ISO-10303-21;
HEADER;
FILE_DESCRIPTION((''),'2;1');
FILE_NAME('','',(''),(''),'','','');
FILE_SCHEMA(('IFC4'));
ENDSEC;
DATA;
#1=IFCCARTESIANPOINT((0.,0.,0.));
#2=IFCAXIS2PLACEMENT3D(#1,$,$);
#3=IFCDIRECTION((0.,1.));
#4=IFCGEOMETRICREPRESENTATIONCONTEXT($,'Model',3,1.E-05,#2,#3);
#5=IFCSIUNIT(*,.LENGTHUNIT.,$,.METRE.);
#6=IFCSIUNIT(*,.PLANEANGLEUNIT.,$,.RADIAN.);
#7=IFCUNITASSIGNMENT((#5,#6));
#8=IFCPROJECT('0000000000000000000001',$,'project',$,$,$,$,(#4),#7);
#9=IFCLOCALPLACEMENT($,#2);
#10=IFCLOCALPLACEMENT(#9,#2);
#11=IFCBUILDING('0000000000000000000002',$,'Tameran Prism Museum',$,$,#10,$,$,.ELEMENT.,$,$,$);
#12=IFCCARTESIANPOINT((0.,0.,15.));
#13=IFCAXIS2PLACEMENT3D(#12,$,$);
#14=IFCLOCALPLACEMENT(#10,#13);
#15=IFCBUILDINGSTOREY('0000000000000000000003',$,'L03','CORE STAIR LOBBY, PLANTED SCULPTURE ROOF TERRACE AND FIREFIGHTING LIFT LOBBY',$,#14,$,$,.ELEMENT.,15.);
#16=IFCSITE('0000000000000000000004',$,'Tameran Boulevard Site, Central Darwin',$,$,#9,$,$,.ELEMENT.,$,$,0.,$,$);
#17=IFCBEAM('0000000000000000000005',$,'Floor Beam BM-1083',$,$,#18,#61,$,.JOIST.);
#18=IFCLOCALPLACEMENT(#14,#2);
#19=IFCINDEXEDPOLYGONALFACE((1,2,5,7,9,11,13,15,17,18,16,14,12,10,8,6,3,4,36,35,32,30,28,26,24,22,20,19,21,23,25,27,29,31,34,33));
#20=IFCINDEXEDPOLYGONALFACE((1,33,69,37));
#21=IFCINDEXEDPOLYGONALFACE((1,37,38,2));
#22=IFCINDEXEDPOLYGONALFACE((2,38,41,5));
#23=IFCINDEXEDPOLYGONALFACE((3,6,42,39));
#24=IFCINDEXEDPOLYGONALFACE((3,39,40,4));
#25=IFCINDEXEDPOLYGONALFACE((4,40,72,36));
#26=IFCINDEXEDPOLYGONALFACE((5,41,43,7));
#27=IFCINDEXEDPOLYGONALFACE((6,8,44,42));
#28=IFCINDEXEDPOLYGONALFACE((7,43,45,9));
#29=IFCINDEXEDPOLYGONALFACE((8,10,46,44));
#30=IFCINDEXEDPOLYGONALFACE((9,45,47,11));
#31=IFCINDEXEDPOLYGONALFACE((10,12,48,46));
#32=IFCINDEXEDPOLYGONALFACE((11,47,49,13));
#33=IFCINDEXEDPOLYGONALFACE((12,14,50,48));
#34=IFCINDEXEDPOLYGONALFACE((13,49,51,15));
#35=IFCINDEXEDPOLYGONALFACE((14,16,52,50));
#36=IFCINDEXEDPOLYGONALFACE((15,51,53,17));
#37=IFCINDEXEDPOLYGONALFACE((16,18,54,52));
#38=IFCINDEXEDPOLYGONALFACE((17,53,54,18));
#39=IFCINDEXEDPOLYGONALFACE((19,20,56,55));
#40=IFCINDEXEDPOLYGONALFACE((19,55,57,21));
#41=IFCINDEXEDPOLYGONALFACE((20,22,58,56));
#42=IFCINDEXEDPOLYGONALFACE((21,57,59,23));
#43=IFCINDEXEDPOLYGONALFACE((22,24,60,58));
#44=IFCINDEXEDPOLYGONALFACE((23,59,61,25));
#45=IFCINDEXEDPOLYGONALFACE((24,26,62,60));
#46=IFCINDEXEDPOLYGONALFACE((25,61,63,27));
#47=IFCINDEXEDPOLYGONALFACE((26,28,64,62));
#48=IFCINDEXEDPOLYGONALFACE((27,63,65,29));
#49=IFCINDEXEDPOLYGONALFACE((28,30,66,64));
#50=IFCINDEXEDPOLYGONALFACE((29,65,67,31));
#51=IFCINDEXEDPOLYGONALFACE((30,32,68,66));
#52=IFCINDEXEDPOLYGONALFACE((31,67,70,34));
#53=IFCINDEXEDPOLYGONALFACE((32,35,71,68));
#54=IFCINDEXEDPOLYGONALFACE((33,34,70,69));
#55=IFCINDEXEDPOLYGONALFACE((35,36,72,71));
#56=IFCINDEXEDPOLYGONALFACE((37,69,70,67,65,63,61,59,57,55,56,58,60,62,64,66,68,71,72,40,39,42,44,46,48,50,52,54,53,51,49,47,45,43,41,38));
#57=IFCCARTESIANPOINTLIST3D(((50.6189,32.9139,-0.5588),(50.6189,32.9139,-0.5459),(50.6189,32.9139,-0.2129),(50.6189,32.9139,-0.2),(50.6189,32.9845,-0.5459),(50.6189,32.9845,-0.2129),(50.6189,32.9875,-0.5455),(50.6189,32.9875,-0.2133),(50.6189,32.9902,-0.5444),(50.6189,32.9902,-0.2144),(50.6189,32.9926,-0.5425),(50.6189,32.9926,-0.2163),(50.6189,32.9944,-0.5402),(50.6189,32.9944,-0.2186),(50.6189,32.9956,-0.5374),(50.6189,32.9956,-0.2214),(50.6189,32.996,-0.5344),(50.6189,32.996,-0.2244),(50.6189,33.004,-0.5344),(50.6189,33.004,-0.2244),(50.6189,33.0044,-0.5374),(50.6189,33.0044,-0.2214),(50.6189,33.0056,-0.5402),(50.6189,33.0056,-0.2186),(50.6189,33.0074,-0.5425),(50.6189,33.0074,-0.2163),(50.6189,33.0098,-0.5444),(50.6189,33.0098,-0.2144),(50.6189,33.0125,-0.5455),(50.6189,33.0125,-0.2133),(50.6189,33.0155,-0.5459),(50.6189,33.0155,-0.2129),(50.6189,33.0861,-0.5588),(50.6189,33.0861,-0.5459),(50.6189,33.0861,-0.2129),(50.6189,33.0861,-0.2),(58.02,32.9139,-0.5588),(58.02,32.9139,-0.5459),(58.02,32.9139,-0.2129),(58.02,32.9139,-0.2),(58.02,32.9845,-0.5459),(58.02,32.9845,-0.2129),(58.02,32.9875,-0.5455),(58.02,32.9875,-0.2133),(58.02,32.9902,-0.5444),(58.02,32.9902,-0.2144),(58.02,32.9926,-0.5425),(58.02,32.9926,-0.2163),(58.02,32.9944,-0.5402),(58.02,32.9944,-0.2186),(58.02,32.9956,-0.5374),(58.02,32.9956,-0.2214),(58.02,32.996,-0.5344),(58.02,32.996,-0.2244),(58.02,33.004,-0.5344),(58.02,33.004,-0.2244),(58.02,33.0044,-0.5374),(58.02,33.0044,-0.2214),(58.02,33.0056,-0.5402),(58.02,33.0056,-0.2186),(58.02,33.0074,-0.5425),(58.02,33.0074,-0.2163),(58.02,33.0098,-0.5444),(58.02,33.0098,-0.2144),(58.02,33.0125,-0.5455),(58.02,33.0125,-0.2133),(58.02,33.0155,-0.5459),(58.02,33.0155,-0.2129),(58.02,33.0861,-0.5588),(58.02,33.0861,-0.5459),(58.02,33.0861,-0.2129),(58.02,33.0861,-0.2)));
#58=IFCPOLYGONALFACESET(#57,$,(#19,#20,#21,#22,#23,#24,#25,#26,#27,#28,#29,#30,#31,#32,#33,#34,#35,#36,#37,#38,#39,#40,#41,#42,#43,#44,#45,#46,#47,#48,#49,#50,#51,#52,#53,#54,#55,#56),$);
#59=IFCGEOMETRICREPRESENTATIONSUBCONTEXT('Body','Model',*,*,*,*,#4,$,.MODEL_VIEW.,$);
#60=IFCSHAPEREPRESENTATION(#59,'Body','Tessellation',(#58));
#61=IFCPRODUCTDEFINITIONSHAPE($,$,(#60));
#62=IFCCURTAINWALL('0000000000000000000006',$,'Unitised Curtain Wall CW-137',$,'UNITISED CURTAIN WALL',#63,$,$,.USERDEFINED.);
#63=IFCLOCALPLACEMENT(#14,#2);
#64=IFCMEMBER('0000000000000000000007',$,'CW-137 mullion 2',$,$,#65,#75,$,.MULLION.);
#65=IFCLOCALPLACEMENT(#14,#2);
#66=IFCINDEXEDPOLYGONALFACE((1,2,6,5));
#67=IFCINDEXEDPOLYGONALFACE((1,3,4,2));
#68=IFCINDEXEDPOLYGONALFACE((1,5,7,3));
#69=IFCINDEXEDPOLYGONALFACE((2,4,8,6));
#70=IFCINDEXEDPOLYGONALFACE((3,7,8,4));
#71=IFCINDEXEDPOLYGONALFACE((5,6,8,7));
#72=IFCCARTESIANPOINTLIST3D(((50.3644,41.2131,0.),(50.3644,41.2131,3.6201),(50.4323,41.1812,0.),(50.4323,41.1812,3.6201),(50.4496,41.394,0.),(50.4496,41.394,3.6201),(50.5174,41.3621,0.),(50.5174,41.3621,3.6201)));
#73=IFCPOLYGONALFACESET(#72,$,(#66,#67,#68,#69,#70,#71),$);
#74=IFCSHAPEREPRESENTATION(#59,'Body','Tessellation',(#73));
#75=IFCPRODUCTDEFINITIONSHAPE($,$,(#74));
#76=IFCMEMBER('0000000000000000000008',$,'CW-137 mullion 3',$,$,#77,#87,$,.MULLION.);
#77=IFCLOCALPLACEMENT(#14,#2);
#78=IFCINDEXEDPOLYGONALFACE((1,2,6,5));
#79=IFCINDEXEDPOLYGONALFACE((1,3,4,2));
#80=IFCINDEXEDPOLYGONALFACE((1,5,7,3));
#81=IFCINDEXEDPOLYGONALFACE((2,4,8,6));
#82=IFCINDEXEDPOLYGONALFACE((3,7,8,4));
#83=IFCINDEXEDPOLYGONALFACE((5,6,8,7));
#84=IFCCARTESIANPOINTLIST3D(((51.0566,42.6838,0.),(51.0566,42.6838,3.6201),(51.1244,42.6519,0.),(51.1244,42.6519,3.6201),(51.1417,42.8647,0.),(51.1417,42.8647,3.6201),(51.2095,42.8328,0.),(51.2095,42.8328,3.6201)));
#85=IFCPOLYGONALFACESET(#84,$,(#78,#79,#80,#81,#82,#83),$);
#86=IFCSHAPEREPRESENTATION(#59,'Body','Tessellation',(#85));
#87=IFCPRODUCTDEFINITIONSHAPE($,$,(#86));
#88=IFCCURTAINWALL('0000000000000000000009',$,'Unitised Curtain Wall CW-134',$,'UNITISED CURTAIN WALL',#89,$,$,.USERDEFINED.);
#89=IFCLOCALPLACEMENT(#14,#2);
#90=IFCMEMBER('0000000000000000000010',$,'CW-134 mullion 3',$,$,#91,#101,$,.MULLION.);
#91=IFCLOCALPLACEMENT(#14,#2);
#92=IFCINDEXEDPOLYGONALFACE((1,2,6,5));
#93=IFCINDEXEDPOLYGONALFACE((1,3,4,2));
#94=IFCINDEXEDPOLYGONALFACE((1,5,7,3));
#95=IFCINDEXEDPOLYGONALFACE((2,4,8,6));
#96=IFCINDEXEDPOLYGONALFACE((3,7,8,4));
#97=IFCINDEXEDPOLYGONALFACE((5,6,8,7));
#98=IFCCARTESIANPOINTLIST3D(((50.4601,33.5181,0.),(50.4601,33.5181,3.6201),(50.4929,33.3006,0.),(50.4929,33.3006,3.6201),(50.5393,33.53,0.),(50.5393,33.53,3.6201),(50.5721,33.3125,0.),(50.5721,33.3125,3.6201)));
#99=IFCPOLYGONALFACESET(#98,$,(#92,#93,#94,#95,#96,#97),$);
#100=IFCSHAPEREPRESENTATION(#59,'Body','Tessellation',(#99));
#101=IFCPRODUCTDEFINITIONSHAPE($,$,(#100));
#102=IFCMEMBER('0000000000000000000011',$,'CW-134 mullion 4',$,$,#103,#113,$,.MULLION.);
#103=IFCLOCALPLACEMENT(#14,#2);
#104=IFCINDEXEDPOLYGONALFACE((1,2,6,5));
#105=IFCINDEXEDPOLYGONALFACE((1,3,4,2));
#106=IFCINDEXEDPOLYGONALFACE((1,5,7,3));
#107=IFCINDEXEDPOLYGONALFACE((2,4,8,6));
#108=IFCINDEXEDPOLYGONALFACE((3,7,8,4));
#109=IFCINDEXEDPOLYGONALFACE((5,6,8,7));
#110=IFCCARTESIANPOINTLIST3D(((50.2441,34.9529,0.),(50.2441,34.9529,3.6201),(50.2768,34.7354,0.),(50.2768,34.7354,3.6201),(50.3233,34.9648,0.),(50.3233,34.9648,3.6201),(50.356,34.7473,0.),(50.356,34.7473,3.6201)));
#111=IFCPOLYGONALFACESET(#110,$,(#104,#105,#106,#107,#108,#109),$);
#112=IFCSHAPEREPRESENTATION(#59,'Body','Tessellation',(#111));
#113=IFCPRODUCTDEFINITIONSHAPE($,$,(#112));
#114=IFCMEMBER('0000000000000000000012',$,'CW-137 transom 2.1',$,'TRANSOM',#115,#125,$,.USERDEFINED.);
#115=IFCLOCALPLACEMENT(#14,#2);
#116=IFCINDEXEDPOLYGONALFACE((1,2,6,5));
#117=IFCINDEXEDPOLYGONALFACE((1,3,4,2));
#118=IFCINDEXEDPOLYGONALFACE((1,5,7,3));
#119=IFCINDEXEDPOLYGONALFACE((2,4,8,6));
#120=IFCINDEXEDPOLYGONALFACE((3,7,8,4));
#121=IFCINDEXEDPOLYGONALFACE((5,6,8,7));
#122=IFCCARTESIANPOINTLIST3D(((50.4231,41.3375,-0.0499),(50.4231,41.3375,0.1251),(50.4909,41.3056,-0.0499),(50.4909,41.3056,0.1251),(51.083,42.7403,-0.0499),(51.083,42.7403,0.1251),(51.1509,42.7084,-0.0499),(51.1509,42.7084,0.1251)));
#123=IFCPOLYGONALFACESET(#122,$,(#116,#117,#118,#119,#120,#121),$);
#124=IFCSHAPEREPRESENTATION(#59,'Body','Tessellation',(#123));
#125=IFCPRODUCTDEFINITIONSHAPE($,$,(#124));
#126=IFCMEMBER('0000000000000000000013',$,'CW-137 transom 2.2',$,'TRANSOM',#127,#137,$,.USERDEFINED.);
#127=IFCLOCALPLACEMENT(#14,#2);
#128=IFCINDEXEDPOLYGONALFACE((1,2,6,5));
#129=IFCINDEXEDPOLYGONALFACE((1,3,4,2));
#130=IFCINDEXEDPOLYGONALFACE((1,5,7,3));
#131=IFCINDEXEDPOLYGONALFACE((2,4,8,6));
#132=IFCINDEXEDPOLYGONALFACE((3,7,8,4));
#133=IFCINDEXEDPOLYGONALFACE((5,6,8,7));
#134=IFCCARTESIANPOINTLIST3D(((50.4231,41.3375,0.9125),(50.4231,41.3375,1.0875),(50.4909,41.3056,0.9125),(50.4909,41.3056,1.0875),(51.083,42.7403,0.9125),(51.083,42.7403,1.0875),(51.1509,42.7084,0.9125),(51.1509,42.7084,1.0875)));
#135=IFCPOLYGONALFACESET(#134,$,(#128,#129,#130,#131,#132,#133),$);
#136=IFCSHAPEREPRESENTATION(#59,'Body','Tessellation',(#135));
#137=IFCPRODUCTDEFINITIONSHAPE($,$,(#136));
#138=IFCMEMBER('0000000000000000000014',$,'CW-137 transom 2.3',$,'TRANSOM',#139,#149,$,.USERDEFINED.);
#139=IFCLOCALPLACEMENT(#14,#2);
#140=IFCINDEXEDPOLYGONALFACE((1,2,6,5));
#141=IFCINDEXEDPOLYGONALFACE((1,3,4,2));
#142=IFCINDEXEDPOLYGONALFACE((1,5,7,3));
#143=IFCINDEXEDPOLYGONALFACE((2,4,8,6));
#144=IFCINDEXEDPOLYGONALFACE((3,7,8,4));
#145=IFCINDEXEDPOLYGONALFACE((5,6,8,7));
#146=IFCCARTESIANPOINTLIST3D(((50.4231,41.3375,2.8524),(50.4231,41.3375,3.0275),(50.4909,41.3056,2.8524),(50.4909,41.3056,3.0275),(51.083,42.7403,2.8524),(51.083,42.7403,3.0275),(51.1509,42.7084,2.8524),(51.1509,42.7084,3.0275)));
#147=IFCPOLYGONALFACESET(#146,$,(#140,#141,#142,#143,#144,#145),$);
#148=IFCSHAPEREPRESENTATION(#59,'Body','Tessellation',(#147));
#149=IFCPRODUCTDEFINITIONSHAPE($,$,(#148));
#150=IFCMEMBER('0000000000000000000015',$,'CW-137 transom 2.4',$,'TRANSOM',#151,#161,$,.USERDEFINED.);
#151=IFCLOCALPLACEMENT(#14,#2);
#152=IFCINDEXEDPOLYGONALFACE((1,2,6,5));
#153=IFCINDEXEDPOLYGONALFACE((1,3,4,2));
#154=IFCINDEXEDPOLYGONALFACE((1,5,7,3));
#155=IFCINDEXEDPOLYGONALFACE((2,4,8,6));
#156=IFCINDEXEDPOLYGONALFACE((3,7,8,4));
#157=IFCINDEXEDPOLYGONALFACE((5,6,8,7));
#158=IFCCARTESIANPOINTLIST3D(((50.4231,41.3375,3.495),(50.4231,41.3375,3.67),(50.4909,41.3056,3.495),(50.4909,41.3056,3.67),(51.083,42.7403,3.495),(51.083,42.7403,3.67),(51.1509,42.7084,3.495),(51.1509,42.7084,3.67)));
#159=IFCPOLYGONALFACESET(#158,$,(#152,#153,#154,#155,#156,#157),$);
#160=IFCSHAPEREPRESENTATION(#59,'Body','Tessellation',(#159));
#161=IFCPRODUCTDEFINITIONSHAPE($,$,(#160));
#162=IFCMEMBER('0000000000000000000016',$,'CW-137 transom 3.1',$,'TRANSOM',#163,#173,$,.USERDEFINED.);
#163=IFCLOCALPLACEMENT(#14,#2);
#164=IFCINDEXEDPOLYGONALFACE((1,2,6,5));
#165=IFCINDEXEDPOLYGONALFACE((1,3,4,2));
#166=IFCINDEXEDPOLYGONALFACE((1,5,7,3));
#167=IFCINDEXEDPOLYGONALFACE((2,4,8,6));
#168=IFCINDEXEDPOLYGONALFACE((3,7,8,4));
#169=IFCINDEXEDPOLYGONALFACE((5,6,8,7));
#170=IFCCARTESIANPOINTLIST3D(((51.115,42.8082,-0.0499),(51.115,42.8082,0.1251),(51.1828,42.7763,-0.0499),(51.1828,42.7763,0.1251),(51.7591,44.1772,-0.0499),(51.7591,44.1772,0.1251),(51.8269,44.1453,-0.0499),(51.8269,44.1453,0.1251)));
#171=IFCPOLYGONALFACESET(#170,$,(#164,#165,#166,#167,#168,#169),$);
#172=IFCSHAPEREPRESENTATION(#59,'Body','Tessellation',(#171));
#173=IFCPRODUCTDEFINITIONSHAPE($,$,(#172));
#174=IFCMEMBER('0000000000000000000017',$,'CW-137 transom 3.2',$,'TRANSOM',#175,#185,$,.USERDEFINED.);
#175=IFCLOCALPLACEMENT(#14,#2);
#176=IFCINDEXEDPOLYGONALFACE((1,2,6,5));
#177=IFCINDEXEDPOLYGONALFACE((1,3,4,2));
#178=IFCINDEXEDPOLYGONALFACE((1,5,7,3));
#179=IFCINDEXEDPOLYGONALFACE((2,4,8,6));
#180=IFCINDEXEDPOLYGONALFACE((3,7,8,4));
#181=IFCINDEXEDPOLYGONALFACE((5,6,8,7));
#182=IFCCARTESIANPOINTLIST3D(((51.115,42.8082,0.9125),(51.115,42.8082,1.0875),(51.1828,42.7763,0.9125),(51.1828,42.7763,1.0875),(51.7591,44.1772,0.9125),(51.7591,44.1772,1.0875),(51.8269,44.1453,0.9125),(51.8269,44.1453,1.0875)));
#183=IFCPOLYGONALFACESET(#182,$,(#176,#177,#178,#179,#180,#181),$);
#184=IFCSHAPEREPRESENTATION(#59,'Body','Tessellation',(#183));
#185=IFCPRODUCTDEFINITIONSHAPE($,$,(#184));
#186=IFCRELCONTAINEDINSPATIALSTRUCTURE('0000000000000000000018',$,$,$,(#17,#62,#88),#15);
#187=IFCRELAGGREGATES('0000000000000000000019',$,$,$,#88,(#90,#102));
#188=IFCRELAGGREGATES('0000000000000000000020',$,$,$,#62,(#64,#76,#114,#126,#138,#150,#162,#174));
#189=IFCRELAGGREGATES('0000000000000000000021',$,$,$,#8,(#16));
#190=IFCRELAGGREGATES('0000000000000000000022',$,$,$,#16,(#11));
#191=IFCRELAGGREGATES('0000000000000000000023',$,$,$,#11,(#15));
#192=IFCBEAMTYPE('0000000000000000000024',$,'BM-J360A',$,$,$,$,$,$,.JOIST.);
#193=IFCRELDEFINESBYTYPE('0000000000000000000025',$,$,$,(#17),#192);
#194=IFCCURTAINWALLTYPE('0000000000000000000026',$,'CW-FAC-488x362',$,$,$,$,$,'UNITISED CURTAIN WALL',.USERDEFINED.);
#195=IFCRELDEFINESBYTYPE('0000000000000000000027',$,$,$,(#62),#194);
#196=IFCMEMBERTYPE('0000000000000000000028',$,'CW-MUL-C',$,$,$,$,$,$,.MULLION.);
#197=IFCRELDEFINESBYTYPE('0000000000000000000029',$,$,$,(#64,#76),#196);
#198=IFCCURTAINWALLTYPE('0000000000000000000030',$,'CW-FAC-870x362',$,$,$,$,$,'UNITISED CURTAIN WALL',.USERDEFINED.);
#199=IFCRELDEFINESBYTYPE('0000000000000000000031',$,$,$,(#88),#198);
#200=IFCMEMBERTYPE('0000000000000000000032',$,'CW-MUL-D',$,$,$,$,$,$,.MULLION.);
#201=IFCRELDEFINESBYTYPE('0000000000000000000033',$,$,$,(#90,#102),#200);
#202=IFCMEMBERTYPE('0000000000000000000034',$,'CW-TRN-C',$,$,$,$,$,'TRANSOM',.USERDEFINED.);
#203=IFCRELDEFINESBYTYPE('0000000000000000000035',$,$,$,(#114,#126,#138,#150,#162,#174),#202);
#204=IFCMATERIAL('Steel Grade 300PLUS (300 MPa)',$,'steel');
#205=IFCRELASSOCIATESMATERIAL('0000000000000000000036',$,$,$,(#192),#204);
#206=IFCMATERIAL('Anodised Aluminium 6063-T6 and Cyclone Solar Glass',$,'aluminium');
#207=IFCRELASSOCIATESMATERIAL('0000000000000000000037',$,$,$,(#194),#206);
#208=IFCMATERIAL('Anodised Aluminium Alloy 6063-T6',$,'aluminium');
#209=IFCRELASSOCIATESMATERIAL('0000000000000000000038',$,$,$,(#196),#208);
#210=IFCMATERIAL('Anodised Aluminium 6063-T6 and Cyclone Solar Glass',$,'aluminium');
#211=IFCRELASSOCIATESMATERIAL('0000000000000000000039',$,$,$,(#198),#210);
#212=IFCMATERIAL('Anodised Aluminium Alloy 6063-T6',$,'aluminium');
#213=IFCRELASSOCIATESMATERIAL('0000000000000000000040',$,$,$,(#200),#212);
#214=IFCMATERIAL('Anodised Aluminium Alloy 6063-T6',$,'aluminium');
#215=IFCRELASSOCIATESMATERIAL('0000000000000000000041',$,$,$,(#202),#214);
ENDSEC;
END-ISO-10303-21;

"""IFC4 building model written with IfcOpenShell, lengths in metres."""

from ifc_helpers import new_model, si_unit, direction, frame, origin, origin_2d, place, context, subcontext, project, spatial, rectangle, i_section, extrude, material, material_profile, profile_set, type_object, element, aggregate, save


model = new_model("IFC4")

# Units and contexts
model_context = context("Model", 3, precision=1e-05, world=origin(), true_north=direction((0.0, 1.0)))
body_context = subcontext(model_context, "Body", "Model", "MODEL_VIEW")
ifc_project = project(units=[si_unit("LENGTHUNIT", "METRE"), si_unit("PLANEANGLEUNIT", "RADIAN")], contexts=[model_context])

# Site, building, storey
site_placement = place(None, origin())
site = spatial("IfcSite", under=ifc_project, at=site_placement, Name="Tameran Boulevard Site, Central Darwin", CompositionType="ELEMENT", RefElevation=0.0)
building_placement = place(site_placement, origin())
building = spatial("IfcBuilding", under=site, at=building_placement, Name="Tameran Prism Museum", CompositionType="ELEMENT")
storey_placement = place(building_placement, frame((0.0, 0.0, 15.0)))
storey = spatial("IfcBuildingStorey", under=building, at=storey_placement, Name="L03", Description="CORE STAIR LOBBY, PLANTED SCULPTURE ROOF TERRACE AND FIREFIGHTING LIFT LOBBY", CompositionType="ELEMENT", Elevation=15.0)

# Beam
ifc_material_1 = material(Name="Steel Grade 300PLUS (300 MPa)", Category="steel")
ifc_material_profile_1 = material_profile(ifc_material_1, i_section(OverallWidth=0.1721, OverallDepth=0.3589, WebThickness=0.0081, FlangeThickness=0.0129, FilletRadius=0.0115, at=origin_2d()))
ifc_profile_set_1 = profile_set([ifc_material_profile_1])
beam_type = type_object("IfcBeamType", Name="BM-J360A", PredefinedType="JOIST", material=ifc_profile_set_1)
beam_placement = place(storey_placement, frame((50.6189, 33.0, -0.3794), z_axis=(1.0, 0.0, 0.0), x_axis=(0.0, 1.0, 0.0)))
element("IfcBeam", 1, at=beam_placement, inside=storey, type_object=beam_type, Name="Floor Beam BM-1083", PredefinedType="JOIST", context=body_context, shape_type="SweptSolid", body=[
    extrude(i_section(OverallWidth=0.1721, OverallDepth=0.3589, WebThickness=0.0081, FlangeThickness=0.0129, FilletRadius=0.0115, at=origin_2d()), origin(), (0.0, 0.0, 1.0), 7.4011),
])

# Curtain walls, members
ifc_material_2 = material(Name="Anodised Aluminium 6063-T6 and Cyclone Solar Glass", Category="aluminium")
curtain_wall_type_1 = type_object("IfcCurtainWallType", Name="CW-FAC-488x362", ElementType="UNITISED CURTAIN WALL", PredefinedType="USERDEFINED", material=ifc_material_2)
curtain_wall_1_placement = place(storey_placement, origin())
curtain_wall_1 = element("IfcCurtainWall", 2, at=curtain_wall_1_placement, inside=storey, type_object=curtain_wall_type_1, Name="Unitised Curtain Wall CW-137", ObjectType="UNITISED CURTAIN WALL", PredefinedType="USERDEFINED")
ifc_material_3 = material(Name="Anodised Aluminium Alloy 6063-T6", Category="aluminium")
ifc_material_profile_2 = material_profile(ifc_material_3, rectangle(XDim=0.075, YDim=0.2, at=origin_2d()))
ifc_profile_set_2 = profile_set([ifc_material_profile_2])
member_type_1 = type_object("IfcMemberType", Name="CW-MUL-C", PredefinedType="MULLION", material=ifc_profile_set_2)
member_1_placement = place(storey_placement, frame((50.4409, 41.2876, 0.0), z_axis=(0.0, 0.0, 1.0), x_axis=(-0.904837, 0.425758, 0.0)))
member_1 = element("IfcMember", 3, at=member_1_placement, type_object=member_type_1, Name="CW-137 mullion 2", PredefinedType="MULLION", context=body_context, shape_type="SweptSolid", body=[
    extrude(rectangle(XDim=0.075, YDim=0.2, at=origin_2d()), origin(), (0.0, 0.0, 1.0), 3.6201),
])
member_2_placement = place(storey_placement, frame((51.1331, 42.7583, 0.0), z_axis=(0.0, 0.0, 1.0), x_axis=(-0.904837, 0.425758, 0.0)))
member_2 = element("IfcMember", 4, at=member_2_placement, type_object=member_type_1, Name="CW-137 mullion 3", PredefinedType="MULLION", context=body_context, shape_type="SweptSolid", body=[
    extrude(rectangle(XDim=0.075, YDim=0.2, at=origin_2d()), origin(), (0.0, 0.0, 1.0), 3.6201),
])
ifc_material_4 = material(Name="Anodised Aluminium 6063-T6 and Cyclone Solar Glass", Category="aluminium")
curtain_wall_type_2 = type_object("IfcCurtainWallType", Name="CW-FAC-870x362", ElementType="UNITISED CURTAIN WALL", PredefinedType="USERDEFINED", material=ifc_material_4)
curtain_wall_2_placement = place(storey_placement, origin())
curtain_wall_2 = element("IfcCurtainWall", 5, at=curtain_wall_2_placement, inside=storey, type_object=curtain_wall_type_2, Name="Unitised Curtain Wall CW-134", ObjectType="UNITISED CURTAIN WALL", PredefinedType="USERDEFINED")
ifc_material_5 = material(Name="Anodised Aluminium Alloy 6063-T6", Category="aluminium")
ifc_material_profile_3 = material_profile(ifc_material_5, rectangle(XDim=0.0801, YDim=0.22, at=origin_2d()))
ifc_profile_set_3 = profile_set([ifc_material_profile_3])
member_type_2 = type_object("IfcMemberType", Name="CW-MUL-D", PredefinedType="MULLION", material=ifc_profile_set_3)
member_3_placement = place(storey_placement, frame((50.5161, 33.4153, 0.0), z_axis=(0.0, 0.0, 1.0), x_axis=(-0.988855, -0.14888, 0.0)))
member_3 = element("IfcMember", 6, at=member_3_placement, type_object=member_type_2, Name="CW-134 mullion 3", PredefinedType="MULLION", context=body_context, shape_type="SweptSolid", body=[
    extrude(rectangle(XDim=0.0801, YDim=0.22, at=origin_2d()), origin(), (0.0, 0.0, 1.0), 3.6201),
])
member_4_placement = place(storey_placement, frame((50.3, 34.8501, 0.0), z_axis=(0.0, 0.0, 1.0), x_axis=(-0.988855, -0.14888, 0.0)))
member_4 = element("IfcMember", 7, at=member_4_placement, type_object=member_type_2, Name="CW-134 mullion 4", PredefinedType="MULLION", context=body_context, shape_type="SweptSolid", body=[
    extrude(rectangle(XDim=0.0801, YDim=0.22, at=origin_2d()), origin(), (0.0, 0.0, 1.0), 3.6201),
])

# Members
ifc_material_6 = material(Name="Anodised Aluminium Alloy 6063-T6", Category="aluminium")
ifc_material_profile_4 = material_profile(ifc_material_6, rectangle(XDim=0.075, YDim=0.175, at=origin_2d()))
ifc_profile_set_4 = profile_set([ifc_material_profile_4])
member_type_3 = type_object("IfcMemberType", Name="CW-TRN-C", ElementType="TRANSOM", PredefinedType="USERDEFINED", material=ifc_profile_set_4)
member_5_placement = place(storey_placement, frame((50.457, 41.3215, 0.0376), z_axis=(0.425668, 0.904879, 0.0), x_axis=(-0.904879, 0.425668, 0.0)))
member_5 = element("IfcMember", 8, at=member_5_placement, type_object=member_type_3, Name="CW-137 transom 2.1", ObjectType="TRANSOM", PredefinedType="USERDEFINED", context=body_context, shape_type="SweptSolid", body=[
    extrude(rectangle(XDim=0.075, YDim=0.175, at=origin_2d()), origin(), (0.0, 0.0, 1.0), 1.5503),
])
member_6_placement = place(storey_placement, frame((50.457, 41.3215, 1.0), z_axis=(0.425668, 0.904879, 0.0), x_axis=(-0.904879, 0.425668, 0.0)))
member_6 = element("IfcMember", 9, at=member_6_placement, type_object=member_type_3, Name="CW-137 transom 2.2", ObjectType="TRANSOM", PredefinedType="USERDEFINED", context=body_context, shape_type="SweptSolid", body=[
    extrude(rectangle(XDim=0.075, YDim=0.175, at=origin_2d()), origin(), (0.0, 0.0, 1.0), 1.5503),
])
member_7_placement = place(storey_placement, frame((50.457, 41.3215, 2.9399), z_axis=(0.425668, 0.904879, 0.0), x_axis=(-0.904879, 0.425668, 0.0)))
member_7 = element("IfcMember", 10, at=member_7_placement, type_object=member_type_3, Name="CW-137 transom 2.3", ObjectType="TRANSOM", PredefinedType="USERDEFINED", context=body_context, shape_type="SweptSolid", body=[
    extrude(rectangle(XDim=0.075, YDim=0.175, at=origin_2d()), origin(), (0.0, 0.0, 1.0), 1.5503),
])
member_8_placement = place(storey_placement, frame((50.457, 41.3215, 3.5825), z_axis=(0.425668, 0.904879, 0.0), x_axis=(-0.904879, 0.425668, 0.0)))
member_8 = element("IfcMember", 11, at=member_8_placement, type_object=member_type_3, Name="CW-137 transom 2.4", ObjectType="TRANSOM", PredefinedType="USERDEFINED", context=body_context, shape_type="SweptSolid", body=[
    extrude(rectangle(XDim=0.075, YDim=0.175, at=origin_2d()), origin(), (0.0, 0.0, 1.0), 1.5503),
])
member_9_placement = place(storey_placement, frame((51.1489, 42.7922, 0.0376), z_axis=(0.425719, 0.904855, 0.0), x_axis=(-0.904855, 0.425719, 0.0)))
member_9 = element("IfcMember", 12, at=member_9_placement, type_object=member_type_3, Name="CW-137 transom 3.1", ObjectType="TRANSOM", PredefinedType="USERDEFINED", context=body_context, shape_type="SweptSolid", body=[
    extrude(rectangle(XDim=0.075, YDim=0.175, at=origin_2d()), origin(), (0.0, 0.0, 1.0), 1.5129),
])
member_10_placement = place(storey_placement, frame((51.1489, 42.7922, 1.0), z_axis=(0.425719, 0.904855, 0.0), x_axis=(-0.904855, 0.425719, 0.0)))
member_10 = element("IfcMember", 13, at=member_10_placement, type_object=member_type_3, Name="CW-137 transom 3.2", ObjectType="TRANSOM", PredefinedType="USERDEFINED", context=body_context, shape_type="SweptSolid", body=[
    extrude(rectangle(XDim=0.075, YDim=0.175, at=origin_2d()), origin(), (0.0, 0.0, 1.0), 1.5129),
])

aggregate(curtain_wall_2, [member_3, member_4])
aggregate(curtain_wall_1, [member_1, member_2, member_5, member_6, member_7, member_8, member_9, member_10])

save(model, "model.ifc")
